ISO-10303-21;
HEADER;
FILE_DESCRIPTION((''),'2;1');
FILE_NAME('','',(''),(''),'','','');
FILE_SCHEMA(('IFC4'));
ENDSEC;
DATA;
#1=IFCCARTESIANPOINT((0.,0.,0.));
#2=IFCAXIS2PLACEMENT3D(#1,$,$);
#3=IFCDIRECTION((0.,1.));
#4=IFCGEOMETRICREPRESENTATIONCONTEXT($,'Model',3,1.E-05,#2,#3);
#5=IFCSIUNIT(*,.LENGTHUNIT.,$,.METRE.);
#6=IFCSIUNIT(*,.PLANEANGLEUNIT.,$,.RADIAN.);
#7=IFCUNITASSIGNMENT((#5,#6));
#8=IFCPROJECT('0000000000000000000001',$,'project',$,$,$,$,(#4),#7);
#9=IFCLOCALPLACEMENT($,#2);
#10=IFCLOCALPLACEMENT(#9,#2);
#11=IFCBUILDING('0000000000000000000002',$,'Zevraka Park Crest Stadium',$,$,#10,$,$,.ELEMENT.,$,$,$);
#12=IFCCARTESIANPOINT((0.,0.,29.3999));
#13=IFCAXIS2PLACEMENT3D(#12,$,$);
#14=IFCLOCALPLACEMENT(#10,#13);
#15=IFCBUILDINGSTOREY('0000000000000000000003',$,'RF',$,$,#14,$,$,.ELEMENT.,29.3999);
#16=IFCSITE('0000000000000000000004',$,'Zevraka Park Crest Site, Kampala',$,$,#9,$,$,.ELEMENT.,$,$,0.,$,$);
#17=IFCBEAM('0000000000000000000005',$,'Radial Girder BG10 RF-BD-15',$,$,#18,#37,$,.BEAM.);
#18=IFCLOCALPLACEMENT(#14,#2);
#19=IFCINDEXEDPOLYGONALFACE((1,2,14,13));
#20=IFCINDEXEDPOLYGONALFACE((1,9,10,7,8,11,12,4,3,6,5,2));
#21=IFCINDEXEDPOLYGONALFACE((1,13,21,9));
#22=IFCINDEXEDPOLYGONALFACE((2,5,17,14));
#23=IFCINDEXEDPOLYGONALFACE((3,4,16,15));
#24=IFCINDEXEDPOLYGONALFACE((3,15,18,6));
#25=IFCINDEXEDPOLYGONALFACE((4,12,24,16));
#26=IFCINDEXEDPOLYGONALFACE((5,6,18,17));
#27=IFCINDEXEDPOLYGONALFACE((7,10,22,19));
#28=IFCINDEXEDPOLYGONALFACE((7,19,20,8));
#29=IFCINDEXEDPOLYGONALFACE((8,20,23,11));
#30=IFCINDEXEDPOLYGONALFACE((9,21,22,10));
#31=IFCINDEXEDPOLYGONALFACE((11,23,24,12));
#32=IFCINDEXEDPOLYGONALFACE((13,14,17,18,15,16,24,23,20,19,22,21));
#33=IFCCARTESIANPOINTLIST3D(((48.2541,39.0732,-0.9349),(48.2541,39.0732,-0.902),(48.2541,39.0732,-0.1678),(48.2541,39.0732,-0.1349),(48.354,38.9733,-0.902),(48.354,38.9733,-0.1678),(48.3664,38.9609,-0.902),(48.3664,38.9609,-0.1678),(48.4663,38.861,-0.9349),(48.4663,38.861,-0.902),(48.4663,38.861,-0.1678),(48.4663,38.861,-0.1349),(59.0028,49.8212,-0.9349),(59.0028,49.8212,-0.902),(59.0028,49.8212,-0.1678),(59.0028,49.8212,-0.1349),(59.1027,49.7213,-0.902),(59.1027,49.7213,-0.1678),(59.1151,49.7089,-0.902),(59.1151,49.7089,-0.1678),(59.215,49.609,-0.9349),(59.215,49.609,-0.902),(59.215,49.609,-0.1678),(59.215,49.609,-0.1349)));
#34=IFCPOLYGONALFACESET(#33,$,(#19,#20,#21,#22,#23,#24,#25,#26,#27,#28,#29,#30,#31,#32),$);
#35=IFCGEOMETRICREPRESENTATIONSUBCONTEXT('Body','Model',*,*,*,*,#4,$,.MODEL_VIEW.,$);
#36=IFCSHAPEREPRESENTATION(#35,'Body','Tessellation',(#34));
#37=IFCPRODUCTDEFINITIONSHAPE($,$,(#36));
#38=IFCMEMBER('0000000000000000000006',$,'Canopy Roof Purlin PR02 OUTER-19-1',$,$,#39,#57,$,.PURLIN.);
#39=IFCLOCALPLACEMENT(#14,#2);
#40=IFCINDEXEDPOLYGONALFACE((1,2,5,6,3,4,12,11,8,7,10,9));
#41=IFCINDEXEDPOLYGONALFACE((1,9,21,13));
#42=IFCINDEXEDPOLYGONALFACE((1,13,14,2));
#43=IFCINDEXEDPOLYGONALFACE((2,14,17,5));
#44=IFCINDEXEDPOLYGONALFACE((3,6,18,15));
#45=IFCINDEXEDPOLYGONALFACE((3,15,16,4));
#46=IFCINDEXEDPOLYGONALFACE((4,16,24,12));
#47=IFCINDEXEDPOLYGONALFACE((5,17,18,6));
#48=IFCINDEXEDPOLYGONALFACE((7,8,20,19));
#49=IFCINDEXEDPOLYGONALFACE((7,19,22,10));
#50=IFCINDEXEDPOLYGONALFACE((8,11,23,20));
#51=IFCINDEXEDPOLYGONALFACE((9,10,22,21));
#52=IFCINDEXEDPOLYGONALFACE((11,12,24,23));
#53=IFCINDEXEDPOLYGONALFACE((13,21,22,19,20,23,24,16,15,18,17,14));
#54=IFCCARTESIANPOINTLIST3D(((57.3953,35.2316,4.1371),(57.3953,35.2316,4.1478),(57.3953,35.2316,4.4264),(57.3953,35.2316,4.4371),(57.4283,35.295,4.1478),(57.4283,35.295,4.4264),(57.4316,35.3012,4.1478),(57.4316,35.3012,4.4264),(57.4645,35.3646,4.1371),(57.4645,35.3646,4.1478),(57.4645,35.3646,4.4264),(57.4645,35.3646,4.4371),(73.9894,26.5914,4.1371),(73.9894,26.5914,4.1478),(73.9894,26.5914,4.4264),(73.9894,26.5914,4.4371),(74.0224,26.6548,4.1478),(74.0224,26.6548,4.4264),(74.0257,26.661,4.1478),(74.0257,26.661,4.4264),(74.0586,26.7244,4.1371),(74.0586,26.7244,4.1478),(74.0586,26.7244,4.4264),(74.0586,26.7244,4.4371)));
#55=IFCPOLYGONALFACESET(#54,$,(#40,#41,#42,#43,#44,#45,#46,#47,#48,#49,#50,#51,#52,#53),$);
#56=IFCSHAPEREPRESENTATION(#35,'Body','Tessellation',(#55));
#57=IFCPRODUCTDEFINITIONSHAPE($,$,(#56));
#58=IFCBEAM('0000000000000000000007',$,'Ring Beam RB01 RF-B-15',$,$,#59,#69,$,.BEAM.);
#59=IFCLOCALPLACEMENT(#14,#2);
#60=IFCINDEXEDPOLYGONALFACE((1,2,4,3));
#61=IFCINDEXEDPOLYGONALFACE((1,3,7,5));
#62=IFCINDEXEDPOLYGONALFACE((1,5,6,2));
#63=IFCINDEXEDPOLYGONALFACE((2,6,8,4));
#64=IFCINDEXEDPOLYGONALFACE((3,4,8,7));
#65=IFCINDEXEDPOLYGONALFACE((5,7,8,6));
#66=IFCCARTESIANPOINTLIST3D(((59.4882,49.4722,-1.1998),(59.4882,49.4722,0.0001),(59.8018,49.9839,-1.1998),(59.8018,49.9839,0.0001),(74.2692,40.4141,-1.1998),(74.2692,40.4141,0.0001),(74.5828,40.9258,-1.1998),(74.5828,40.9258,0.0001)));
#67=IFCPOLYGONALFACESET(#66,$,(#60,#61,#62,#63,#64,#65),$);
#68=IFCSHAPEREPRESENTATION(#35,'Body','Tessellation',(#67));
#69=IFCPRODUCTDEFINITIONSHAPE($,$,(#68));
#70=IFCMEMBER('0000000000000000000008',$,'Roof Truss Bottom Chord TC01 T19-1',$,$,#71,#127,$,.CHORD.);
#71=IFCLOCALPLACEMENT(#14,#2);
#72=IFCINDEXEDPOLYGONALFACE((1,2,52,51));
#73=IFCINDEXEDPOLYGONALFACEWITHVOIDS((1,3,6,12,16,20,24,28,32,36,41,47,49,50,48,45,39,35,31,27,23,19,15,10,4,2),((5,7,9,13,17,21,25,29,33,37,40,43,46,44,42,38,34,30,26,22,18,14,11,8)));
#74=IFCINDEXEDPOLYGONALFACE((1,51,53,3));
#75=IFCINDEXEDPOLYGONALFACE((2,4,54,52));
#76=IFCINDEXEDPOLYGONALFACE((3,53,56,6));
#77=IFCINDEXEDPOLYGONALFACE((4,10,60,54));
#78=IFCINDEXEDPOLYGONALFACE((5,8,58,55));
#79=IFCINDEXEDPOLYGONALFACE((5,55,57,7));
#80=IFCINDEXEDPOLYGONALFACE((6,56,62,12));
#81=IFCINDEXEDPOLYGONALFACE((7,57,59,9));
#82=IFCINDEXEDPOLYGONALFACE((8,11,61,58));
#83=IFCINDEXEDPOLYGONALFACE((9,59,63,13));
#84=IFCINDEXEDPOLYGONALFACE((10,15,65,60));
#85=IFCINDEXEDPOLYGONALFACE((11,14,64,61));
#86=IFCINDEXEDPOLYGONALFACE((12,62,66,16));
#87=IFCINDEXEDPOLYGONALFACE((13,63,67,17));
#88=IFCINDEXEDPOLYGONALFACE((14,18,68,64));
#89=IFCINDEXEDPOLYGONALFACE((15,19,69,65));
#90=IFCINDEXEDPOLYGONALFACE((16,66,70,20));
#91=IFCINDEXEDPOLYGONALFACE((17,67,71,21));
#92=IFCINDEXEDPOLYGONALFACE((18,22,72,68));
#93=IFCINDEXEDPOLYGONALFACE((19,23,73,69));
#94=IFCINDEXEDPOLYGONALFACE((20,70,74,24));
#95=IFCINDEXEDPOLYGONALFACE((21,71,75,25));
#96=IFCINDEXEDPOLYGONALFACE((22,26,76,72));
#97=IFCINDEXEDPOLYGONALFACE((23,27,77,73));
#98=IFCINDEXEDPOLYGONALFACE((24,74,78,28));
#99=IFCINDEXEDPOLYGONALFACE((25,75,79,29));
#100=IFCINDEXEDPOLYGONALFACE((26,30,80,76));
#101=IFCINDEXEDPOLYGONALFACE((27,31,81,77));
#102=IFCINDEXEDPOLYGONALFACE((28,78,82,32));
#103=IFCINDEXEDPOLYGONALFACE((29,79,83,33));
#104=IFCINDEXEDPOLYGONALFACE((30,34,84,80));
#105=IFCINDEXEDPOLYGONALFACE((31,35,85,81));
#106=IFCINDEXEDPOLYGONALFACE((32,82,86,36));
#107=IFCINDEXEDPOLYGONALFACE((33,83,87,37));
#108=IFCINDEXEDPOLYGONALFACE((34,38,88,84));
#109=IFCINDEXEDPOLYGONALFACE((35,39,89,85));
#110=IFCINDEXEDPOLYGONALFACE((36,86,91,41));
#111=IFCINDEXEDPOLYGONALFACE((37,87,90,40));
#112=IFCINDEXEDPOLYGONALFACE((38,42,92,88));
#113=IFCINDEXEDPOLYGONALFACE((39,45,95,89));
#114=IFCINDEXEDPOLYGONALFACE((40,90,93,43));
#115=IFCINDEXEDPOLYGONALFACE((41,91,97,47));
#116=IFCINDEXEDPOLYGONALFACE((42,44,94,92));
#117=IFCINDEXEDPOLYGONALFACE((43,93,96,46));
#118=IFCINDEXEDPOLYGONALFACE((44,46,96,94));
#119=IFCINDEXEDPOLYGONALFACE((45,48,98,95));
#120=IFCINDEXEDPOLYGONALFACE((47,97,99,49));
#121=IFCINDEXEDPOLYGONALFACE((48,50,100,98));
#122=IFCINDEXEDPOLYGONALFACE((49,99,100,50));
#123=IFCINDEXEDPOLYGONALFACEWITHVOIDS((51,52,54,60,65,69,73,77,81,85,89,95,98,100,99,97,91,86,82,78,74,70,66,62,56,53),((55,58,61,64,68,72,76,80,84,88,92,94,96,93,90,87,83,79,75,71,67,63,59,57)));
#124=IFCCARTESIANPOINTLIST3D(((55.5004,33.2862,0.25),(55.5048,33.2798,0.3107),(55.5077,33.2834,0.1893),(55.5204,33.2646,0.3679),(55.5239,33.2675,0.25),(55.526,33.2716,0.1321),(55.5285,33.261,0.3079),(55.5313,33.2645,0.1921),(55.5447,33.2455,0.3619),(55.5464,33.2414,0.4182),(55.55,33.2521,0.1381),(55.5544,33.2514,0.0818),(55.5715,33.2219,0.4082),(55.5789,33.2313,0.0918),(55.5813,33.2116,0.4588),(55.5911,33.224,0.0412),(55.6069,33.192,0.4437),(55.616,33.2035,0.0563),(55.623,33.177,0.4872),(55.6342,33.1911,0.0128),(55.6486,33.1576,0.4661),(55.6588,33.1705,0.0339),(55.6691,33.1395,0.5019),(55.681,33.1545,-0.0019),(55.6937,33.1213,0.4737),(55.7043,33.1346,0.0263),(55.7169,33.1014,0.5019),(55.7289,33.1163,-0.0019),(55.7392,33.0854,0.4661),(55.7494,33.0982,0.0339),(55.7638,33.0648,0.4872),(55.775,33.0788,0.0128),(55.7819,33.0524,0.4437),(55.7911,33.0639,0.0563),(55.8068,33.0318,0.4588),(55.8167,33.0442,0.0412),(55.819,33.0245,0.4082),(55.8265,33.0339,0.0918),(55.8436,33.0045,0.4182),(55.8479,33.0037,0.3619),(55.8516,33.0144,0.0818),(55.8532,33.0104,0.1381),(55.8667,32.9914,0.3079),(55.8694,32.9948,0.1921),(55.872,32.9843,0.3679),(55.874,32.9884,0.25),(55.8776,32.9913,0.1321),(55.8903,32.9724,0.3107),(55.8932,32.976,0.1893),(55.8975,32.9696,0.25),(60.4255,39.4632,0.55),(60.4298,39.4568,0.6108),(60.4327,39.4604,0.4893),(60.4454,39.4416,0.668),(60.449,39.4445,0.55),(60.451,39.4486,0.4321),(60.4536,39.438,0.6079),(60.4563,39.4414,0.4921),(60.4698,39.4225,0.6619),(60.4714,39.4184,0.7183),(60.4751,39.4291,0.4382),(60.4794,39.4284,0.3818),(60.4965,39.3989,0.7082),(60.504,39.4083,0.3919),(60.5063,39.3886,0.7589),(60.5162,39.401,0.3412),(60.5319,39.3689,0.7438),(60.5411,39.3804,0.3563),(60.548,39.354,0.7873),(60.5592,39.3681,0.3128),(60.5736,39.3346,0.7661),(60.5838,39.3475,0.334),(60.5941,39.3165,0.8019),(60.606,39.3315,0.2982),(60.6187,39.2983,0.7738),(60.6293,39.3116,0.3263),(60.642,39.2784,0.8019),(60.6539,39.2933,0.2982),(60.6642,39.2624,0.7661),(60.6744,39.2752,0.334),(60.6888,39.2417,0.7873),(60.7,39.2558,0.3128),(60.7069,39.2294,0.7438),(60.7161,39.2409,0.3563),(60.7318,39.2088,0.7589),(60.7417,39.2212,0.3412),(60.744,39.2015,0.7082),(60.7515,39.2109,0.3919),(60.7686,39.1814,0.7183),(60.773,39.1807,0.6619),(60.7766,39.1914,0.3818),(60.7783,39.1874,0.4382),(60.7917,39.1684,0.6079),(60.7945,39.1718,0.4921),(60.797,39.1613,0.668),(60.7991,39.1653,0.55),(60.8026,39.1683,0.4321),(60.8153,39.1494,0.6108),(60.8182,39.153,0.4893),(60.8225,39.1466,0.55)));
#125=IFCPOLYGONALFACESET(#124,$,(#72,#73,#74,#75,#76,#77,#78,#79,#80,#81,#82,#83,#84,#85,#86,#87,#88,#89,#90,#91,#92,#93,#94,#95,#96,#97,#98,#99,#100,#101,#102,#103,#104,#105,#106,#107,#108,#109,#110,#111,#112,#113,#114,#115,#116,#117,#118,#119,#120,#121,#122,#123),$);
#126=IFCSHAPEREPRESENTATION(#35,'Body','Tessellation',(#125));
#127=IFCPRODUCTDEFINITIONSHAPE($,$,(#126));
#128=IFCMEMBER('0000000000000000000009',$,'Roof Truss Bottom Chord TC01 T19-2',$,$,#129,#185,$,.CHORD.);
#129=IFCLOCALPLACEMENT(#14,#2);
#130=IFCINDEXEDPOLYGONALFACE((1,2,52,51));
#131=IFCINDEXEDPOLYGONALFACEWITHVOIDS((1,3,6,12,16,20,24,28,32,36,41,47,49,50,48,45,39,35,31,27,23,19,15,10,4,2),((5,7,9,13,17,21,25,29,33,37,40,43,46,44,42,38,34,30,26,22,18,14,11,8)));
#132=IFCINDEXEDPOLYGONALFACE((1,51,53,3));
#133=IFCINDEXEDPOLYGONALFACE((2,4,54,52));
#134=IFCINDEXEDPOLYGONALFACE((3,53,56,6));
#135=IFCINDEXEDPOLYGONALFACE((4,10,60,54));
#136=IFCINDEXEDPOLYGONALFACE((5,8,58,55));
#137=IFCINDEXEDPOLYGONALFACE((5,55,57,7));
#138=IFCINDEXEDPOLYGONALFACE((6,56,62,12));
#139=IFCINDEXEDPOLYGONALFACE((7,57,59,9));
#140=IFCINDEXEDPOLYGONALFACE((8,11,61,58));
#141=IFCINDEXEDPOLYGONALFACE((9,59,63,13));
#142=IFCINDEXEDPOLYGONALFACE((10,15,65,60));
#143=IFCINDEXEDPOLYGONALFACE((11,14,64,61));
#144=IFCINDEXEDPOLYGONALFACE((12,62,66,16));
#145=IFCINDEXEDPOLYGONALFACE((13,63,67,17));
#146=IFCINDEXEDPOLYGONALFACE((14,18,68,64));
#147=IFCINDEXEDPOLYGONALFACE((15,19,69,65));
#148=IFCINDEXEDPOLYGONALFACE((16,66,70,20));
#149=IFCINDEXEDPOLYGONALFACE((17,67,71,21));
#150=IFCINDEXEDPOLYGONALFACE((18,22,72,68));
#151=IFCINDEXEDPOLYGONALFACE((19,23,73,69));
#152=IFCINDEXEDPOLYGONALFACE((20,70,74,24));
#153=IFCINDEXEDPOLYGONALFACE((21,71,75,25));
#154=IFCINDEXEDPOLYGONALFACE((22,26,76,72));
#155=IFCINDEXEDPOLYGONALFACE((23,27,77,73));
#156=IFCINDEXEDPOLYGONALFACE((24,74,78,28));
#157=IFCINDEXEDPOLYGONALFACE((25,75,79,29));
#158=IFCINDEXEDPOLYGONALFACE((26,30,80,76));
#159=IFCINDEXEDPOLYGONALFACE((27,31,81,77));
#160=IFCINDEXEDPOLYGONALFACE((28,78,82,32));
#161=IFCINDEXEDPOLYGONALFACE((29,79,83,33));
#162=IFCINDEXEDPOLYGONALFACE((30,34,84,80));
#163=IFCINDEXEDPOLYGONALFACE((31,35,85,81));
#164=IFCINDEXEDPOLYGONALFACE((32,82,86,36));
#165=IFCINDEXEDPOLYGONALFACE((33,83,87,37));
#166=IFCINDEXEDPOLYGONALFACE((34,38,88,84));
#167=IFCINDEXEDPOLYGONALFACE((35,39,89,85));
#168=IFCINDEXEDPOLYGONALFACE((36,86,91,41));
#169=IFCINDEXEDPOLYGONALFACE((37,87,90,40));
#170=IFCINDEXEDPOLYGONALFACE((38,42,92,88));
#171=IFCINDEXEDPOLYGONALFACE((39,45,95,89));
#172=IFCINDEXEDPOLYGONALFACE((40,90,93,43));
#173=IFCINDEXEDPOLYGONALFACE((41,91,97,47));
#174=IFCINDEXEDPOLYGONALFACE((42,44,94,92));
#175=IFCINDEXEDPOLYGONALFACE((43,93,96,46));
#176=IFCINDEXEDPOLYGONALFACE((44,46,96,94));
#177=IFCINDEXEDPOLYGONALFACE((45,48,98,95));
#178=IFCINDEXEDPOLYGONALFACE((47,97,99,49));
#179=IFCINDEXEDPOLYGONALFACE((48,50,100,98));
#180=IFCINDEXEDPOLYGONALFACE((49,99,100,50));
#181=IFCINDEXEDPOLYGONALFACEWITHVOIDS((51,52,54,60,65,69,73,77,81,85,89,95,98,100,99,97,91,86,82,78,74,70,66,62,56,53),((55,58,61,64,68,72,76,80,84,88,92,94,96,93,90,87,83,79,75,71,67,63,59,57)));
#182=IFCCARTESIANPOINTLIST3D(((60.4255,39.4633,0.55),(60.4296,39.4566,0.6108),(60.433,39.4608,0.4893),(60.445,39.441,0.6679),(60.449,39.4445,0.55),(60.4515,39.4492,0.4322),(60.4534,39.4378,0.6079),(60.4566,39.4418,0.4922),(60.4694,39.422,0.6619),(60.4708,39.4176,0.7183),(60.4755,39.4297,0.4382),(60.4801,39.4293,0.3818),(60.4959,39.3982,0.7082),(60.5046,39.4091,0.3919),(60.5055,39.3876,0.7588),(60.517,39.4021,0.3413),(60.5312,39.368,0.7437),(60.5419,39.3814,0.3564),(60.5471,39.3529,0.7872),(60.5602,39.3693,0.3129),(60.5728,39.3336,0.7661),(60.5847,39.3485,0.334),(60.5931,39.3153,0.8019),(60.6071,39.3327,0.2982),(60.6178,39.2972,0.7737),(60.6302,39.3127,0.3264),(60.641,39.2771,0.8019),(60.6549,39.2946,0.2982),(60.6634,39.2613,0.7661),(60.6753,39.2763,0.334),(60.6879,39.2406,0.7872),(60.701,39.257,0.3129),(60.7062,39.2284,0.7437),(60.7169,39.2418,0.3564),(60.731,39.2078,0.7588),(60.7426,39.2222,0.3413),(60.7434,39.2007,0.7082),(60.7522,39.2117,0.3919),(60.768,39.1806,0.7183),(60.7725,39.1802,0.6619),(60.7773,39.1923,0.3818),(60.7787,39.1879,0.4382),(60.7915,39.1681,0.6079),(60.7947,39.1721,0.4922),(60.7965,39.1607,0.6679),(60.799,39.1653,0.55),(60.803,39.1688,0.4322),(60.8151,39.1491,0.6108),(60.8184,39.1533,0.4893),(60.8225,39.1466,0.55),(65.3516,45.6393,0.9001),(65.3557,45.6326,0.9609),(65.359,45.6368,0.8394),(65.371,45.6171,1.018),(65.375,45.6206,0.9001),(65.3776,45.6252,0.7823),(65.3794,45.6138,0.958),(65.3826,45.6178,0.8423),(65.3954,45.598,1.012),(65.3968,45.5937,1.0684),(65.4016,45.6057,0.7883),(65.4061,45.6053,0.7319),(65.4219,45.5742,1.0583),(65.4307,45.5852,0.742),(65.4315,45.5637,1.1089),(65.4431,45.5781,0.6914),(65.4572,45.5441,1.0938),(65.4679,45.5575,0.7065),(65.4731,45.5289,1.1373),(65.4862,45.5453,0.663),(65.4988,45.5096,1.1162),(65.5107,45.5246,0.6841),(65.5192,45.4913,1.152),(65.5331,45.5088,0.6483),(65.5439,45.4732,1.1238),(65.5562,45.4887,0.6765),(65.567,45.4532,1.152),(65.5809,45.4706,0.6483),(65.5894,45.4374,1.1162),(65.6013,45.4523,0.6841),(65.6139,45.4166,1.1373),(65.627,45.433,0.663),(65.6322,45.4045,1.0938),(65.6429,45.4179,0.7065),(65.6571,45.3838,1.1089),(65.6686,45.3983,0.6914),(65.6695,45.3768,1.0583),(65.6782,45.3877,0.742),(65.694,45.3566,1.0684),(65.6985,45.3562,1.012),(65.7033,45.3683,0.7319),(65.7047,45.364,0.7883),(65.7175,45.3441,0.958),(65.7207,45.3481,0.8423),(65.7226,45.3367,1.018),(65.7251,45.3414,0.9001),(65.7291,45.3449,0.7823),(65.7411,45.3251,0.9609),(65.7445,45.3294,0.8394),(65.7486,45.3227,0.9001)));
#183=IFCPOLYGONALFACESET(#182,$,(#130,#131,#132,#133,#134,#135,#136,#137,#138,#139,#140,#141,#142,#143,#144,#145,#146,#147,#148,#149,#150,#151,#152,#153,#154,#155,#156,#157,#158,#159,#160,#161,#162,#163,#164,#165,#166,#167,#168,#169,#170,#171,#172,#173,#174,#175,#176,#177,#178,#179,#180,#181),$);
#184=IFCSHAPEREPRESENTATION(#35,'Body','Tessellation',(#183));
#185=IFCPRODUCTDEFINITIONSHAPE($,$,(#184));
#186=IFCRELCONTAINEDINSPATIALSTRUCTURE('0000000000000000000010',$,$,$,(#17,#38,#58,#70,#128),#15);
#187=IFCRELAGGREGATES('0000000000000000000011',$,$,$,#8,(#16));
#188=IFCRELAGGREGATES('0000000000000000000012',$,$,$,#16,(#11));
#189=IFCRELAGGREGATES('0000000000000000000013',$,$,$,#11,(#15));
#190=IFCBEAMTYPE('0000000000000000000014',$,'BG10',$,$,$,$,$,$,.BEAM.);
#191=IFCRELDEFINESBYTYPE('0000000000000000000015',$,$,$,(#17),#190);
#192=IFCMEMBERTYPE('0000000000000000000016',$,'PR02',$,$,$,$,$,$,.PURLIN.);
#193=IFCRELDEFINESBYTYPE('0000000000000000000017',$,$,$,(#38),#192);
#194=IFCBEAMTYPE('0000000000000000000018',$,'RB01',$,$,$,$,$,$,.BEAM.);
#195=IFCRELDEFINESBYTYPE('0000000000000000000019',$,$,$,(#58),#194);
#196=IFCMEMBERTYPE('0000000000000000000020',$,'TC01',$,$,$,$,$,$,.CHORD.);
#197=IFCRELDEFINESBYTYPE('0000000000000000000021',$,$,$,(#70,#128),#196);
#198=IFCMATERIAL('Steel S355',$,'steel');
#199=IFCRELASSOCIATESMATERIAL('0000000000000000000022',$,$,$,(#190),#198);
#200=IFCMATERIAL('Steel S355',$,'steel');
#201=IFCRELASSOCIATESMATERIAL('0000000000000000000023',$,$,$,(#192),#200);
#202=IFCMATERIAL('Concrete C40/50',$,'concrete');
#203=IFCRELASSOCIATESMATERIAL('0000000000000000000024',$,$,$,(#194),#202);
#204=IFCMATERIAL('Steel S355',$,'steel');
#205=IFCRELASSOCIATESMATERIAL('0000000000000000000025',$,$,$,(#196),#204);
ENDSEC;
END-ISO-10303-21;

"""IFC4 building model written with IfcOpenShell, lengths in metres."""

from ifc_helpers import new_model, si_unit, direction, frame, origin, origin_2d, place, context, subcontext, project, spatial, rectangle, hollow_circle, i_section, extrude, material, material_profile, profile_set, type_object, element, save


model = new_model("IFC4")

# Units and contexts
model_context = context("Model", 3, precision=1e-05, world=origin(), true_north=direction((0.0, 1.0)))
body_context = subcontext(model_context, "Body", "Model", "MODEL_VIEW")
ifc_project = project(units=[si_unit("LENGTHUNIT", "METRE"), si_unit("PLANEANGLEUNIT", "RADIAN")], contexts=[model_context])

# Site, building, storey
site_placement = place(None, origin())
site = spatial("IfcSite", under=ifc_project, at=site_placement, Name="Zevraka Park Crest Site, Kampala", CompositionType="ELEMENT", RefElevation=0.0)
building_placement = place(site_placement, origin())
building = spatial("IfcBuilding", under=site, at=building_placement, Name="Zevraka Park Crest Stadium", CompositionType="ELEMENT")
storey_placement = place(building_placement, frame((0.0, 0.0, 29.3999)))
storey = spatial("IfcBuildingStorey", under=building, at=storey_placement, Name="RF", CompositionType="ELEMENT", Elevation=29.3999)

# Beam
ifc_material_1 = material(Name="Steel S355", Category="steel")
ifc_material_profile_1 = material_profile(ifc_material_1, i_section(OverallWidth=0.3, OverallDepth=0.8, WebThickness=0.0176, FlangeThickness=0.033, at=origin_2d()), Name="HEB 800")
ifc_profile_set_1 = profile_set([ifc_material_profile_1], Name="Steel S355")
beam_type_1 = type_object("IfcBeamType", Name="BG10", PredefinedType="BEAM", material=ifc_profile_set_1)
beam_1_placement = place(storey_placement, frame((59.1089, 49.7151, -0.5349), z_axis=(-0.707131, -0.707083, 0.0), x_axis=(0.707083, -0.707131, 0.0)))
element("IfcBeam", 1, at=beam_1_placement, inside=storey, type_object=beam_type_1, Name="Radial Girder BG10 RF-BD-15", PredefinedType="BEAM", context=body_context, shape_type="SweptSolid", body=[
    extrude(i_section(OverallWidth=0.3, OverallDepth=0.8, WebThickness=0.0176, FlangeThickness=0.033, at=origin_2d()), origin(), (0.0, 0.0, 1.0), 15.2004),
])

# Member
ifc_material_2 = material(Name="Steel S355", Category="steel")
ifc_material_profile_2 = material_profile(ifc_material_2, i_section(OverallWidth=0.1499, OverallDepth=0.3, WebThickness=0.0071, FlangeThickness=0.0107, at=origin_2d()), Name="IPE 300")
ifc_profile_set_2 = profile_set([ifc_material_profile_2], Name="Steel S355")
member_type_1 = type_object("IfcMemberType", Name="PR02", PredefinedType="PURLIN", material=ifc_profile_set_2)
member_1_placement = place(storey_placement, frame((57.4299, 35.2981, 4.2871), z_axis=(0.88697, -0.461826, 0.0), x_axis=(0.461826, 0.88697, 0.0)))
element("IfcMember", 2, at=member_1_placement, inside=storey, type_object=member_type_1, Name="Canopy Roof Purlin PR02 OUTER-19-1", PredefinedType="PURLIN", context=body_context, shape_type="SweptSolid", body=[
    extrude(i_section(OverallWidth=0.1499, OverallDepth=0.3, WebThickness=0.0071, FlangeThickness=0.0107, at=origin_2d()), origin(), (0.0, 0.0, 1.0), 18.7087),
])

# Beam
ifc_material_3 = material(Name="Concrete C40/50", Category="concrete")
ifc_material_profile_3 = material_profile(ifc_material_3, rectangle(XDim=0.6001, YDim=1.2, at=origin_2d()), Name="RC 1200x600")
ifc_profile_set_3 = profile_set([ifc_material_profile_3], Name="Concrete C40/50")
beam_type_2 = type_object("IfcBeamType", Name="RB01", PredefinedType="BEAM", material=ifc_profile_set_3)
beam_2_placement = place(storey_placement, frame((59.645, 49.728, -0.5999), z_axis=(0.852633, -0.522511, 0.0), x_axis=(0.522511, 0.852633, 0.0)))
element("IfcBeam", 3, at=beam_2_placement, inside=storey, type_object=beam_type_2, Name="Ring Beam RB01 RF-B-15", PredefinedType="BEAM", context=body_context, shape_type="SweptSolid", body=[
    extrude(rectangle(XDim=0.6001, YDim=1.2, at=origin_2d()), origin(), (0.0, 0.0, 1.0), 17.3357),
])

# Members
ifc_material_4 = material(Name="Steel S355", Category="steel")
ifc_material_profile_4 = material_profile(ifc_material_4, hollow_circle(Radius=0.2539, WallThickness=0.03, at=origin_2d()), Name="CHS 508.0x30")
ifc_profile_set_4 = profile_set([ifc_material_profile_4], Name="Steel S355")
member_type_2 = type_object("IfcMemberType", Name="TC01", PredefinedType="CHORD", material=ifc_profile_set_4)
member_2_placement = place(storey_placement, frame((55.699, 33.1279, 0.25), z_axis=(0.622967, 0.781327, 0.037953), x_axis=(-0.78189, 0.623417, 0.0)))
element("IfcMember", 4, at=member_2_placement, inside=storey, type_object=member_type_2, Name="Roof Truss Bottom Chord TC01 T19-1", PredefinedType="CHORD", context=body_context, shape_type="SweptSolid", body=[
    extrude(hollow_circle(Radius=0.2539, WallThickness=0.03, at=origin_2d()), origin(), (0.0, 0.0, 1.0), 7.9058),
])
member_3_placement = place(storey_placement, frame((60.624, 39.3049, 0.55), z_axis=(0.622941, 0.781015, 0.044273), x_axis=(-0.781782, 0.623552, 0.0)))
element("IfcMember", 5, at=member_3_placement, inside=storey, type_object=member_type_2, Name="Roof Truss Bottom Chord TC01 T19-2", PredefinedType="CHORD", context=body_context, shape_type="SweptSolid", body=[
    extrude(hollow_circle(Radius=0.2539, WallThickness=0.03, at=origin_2d()), origin(), (0.0, 0.0, 1.0), 7.9077),
])

save(model, "model.ifc")
